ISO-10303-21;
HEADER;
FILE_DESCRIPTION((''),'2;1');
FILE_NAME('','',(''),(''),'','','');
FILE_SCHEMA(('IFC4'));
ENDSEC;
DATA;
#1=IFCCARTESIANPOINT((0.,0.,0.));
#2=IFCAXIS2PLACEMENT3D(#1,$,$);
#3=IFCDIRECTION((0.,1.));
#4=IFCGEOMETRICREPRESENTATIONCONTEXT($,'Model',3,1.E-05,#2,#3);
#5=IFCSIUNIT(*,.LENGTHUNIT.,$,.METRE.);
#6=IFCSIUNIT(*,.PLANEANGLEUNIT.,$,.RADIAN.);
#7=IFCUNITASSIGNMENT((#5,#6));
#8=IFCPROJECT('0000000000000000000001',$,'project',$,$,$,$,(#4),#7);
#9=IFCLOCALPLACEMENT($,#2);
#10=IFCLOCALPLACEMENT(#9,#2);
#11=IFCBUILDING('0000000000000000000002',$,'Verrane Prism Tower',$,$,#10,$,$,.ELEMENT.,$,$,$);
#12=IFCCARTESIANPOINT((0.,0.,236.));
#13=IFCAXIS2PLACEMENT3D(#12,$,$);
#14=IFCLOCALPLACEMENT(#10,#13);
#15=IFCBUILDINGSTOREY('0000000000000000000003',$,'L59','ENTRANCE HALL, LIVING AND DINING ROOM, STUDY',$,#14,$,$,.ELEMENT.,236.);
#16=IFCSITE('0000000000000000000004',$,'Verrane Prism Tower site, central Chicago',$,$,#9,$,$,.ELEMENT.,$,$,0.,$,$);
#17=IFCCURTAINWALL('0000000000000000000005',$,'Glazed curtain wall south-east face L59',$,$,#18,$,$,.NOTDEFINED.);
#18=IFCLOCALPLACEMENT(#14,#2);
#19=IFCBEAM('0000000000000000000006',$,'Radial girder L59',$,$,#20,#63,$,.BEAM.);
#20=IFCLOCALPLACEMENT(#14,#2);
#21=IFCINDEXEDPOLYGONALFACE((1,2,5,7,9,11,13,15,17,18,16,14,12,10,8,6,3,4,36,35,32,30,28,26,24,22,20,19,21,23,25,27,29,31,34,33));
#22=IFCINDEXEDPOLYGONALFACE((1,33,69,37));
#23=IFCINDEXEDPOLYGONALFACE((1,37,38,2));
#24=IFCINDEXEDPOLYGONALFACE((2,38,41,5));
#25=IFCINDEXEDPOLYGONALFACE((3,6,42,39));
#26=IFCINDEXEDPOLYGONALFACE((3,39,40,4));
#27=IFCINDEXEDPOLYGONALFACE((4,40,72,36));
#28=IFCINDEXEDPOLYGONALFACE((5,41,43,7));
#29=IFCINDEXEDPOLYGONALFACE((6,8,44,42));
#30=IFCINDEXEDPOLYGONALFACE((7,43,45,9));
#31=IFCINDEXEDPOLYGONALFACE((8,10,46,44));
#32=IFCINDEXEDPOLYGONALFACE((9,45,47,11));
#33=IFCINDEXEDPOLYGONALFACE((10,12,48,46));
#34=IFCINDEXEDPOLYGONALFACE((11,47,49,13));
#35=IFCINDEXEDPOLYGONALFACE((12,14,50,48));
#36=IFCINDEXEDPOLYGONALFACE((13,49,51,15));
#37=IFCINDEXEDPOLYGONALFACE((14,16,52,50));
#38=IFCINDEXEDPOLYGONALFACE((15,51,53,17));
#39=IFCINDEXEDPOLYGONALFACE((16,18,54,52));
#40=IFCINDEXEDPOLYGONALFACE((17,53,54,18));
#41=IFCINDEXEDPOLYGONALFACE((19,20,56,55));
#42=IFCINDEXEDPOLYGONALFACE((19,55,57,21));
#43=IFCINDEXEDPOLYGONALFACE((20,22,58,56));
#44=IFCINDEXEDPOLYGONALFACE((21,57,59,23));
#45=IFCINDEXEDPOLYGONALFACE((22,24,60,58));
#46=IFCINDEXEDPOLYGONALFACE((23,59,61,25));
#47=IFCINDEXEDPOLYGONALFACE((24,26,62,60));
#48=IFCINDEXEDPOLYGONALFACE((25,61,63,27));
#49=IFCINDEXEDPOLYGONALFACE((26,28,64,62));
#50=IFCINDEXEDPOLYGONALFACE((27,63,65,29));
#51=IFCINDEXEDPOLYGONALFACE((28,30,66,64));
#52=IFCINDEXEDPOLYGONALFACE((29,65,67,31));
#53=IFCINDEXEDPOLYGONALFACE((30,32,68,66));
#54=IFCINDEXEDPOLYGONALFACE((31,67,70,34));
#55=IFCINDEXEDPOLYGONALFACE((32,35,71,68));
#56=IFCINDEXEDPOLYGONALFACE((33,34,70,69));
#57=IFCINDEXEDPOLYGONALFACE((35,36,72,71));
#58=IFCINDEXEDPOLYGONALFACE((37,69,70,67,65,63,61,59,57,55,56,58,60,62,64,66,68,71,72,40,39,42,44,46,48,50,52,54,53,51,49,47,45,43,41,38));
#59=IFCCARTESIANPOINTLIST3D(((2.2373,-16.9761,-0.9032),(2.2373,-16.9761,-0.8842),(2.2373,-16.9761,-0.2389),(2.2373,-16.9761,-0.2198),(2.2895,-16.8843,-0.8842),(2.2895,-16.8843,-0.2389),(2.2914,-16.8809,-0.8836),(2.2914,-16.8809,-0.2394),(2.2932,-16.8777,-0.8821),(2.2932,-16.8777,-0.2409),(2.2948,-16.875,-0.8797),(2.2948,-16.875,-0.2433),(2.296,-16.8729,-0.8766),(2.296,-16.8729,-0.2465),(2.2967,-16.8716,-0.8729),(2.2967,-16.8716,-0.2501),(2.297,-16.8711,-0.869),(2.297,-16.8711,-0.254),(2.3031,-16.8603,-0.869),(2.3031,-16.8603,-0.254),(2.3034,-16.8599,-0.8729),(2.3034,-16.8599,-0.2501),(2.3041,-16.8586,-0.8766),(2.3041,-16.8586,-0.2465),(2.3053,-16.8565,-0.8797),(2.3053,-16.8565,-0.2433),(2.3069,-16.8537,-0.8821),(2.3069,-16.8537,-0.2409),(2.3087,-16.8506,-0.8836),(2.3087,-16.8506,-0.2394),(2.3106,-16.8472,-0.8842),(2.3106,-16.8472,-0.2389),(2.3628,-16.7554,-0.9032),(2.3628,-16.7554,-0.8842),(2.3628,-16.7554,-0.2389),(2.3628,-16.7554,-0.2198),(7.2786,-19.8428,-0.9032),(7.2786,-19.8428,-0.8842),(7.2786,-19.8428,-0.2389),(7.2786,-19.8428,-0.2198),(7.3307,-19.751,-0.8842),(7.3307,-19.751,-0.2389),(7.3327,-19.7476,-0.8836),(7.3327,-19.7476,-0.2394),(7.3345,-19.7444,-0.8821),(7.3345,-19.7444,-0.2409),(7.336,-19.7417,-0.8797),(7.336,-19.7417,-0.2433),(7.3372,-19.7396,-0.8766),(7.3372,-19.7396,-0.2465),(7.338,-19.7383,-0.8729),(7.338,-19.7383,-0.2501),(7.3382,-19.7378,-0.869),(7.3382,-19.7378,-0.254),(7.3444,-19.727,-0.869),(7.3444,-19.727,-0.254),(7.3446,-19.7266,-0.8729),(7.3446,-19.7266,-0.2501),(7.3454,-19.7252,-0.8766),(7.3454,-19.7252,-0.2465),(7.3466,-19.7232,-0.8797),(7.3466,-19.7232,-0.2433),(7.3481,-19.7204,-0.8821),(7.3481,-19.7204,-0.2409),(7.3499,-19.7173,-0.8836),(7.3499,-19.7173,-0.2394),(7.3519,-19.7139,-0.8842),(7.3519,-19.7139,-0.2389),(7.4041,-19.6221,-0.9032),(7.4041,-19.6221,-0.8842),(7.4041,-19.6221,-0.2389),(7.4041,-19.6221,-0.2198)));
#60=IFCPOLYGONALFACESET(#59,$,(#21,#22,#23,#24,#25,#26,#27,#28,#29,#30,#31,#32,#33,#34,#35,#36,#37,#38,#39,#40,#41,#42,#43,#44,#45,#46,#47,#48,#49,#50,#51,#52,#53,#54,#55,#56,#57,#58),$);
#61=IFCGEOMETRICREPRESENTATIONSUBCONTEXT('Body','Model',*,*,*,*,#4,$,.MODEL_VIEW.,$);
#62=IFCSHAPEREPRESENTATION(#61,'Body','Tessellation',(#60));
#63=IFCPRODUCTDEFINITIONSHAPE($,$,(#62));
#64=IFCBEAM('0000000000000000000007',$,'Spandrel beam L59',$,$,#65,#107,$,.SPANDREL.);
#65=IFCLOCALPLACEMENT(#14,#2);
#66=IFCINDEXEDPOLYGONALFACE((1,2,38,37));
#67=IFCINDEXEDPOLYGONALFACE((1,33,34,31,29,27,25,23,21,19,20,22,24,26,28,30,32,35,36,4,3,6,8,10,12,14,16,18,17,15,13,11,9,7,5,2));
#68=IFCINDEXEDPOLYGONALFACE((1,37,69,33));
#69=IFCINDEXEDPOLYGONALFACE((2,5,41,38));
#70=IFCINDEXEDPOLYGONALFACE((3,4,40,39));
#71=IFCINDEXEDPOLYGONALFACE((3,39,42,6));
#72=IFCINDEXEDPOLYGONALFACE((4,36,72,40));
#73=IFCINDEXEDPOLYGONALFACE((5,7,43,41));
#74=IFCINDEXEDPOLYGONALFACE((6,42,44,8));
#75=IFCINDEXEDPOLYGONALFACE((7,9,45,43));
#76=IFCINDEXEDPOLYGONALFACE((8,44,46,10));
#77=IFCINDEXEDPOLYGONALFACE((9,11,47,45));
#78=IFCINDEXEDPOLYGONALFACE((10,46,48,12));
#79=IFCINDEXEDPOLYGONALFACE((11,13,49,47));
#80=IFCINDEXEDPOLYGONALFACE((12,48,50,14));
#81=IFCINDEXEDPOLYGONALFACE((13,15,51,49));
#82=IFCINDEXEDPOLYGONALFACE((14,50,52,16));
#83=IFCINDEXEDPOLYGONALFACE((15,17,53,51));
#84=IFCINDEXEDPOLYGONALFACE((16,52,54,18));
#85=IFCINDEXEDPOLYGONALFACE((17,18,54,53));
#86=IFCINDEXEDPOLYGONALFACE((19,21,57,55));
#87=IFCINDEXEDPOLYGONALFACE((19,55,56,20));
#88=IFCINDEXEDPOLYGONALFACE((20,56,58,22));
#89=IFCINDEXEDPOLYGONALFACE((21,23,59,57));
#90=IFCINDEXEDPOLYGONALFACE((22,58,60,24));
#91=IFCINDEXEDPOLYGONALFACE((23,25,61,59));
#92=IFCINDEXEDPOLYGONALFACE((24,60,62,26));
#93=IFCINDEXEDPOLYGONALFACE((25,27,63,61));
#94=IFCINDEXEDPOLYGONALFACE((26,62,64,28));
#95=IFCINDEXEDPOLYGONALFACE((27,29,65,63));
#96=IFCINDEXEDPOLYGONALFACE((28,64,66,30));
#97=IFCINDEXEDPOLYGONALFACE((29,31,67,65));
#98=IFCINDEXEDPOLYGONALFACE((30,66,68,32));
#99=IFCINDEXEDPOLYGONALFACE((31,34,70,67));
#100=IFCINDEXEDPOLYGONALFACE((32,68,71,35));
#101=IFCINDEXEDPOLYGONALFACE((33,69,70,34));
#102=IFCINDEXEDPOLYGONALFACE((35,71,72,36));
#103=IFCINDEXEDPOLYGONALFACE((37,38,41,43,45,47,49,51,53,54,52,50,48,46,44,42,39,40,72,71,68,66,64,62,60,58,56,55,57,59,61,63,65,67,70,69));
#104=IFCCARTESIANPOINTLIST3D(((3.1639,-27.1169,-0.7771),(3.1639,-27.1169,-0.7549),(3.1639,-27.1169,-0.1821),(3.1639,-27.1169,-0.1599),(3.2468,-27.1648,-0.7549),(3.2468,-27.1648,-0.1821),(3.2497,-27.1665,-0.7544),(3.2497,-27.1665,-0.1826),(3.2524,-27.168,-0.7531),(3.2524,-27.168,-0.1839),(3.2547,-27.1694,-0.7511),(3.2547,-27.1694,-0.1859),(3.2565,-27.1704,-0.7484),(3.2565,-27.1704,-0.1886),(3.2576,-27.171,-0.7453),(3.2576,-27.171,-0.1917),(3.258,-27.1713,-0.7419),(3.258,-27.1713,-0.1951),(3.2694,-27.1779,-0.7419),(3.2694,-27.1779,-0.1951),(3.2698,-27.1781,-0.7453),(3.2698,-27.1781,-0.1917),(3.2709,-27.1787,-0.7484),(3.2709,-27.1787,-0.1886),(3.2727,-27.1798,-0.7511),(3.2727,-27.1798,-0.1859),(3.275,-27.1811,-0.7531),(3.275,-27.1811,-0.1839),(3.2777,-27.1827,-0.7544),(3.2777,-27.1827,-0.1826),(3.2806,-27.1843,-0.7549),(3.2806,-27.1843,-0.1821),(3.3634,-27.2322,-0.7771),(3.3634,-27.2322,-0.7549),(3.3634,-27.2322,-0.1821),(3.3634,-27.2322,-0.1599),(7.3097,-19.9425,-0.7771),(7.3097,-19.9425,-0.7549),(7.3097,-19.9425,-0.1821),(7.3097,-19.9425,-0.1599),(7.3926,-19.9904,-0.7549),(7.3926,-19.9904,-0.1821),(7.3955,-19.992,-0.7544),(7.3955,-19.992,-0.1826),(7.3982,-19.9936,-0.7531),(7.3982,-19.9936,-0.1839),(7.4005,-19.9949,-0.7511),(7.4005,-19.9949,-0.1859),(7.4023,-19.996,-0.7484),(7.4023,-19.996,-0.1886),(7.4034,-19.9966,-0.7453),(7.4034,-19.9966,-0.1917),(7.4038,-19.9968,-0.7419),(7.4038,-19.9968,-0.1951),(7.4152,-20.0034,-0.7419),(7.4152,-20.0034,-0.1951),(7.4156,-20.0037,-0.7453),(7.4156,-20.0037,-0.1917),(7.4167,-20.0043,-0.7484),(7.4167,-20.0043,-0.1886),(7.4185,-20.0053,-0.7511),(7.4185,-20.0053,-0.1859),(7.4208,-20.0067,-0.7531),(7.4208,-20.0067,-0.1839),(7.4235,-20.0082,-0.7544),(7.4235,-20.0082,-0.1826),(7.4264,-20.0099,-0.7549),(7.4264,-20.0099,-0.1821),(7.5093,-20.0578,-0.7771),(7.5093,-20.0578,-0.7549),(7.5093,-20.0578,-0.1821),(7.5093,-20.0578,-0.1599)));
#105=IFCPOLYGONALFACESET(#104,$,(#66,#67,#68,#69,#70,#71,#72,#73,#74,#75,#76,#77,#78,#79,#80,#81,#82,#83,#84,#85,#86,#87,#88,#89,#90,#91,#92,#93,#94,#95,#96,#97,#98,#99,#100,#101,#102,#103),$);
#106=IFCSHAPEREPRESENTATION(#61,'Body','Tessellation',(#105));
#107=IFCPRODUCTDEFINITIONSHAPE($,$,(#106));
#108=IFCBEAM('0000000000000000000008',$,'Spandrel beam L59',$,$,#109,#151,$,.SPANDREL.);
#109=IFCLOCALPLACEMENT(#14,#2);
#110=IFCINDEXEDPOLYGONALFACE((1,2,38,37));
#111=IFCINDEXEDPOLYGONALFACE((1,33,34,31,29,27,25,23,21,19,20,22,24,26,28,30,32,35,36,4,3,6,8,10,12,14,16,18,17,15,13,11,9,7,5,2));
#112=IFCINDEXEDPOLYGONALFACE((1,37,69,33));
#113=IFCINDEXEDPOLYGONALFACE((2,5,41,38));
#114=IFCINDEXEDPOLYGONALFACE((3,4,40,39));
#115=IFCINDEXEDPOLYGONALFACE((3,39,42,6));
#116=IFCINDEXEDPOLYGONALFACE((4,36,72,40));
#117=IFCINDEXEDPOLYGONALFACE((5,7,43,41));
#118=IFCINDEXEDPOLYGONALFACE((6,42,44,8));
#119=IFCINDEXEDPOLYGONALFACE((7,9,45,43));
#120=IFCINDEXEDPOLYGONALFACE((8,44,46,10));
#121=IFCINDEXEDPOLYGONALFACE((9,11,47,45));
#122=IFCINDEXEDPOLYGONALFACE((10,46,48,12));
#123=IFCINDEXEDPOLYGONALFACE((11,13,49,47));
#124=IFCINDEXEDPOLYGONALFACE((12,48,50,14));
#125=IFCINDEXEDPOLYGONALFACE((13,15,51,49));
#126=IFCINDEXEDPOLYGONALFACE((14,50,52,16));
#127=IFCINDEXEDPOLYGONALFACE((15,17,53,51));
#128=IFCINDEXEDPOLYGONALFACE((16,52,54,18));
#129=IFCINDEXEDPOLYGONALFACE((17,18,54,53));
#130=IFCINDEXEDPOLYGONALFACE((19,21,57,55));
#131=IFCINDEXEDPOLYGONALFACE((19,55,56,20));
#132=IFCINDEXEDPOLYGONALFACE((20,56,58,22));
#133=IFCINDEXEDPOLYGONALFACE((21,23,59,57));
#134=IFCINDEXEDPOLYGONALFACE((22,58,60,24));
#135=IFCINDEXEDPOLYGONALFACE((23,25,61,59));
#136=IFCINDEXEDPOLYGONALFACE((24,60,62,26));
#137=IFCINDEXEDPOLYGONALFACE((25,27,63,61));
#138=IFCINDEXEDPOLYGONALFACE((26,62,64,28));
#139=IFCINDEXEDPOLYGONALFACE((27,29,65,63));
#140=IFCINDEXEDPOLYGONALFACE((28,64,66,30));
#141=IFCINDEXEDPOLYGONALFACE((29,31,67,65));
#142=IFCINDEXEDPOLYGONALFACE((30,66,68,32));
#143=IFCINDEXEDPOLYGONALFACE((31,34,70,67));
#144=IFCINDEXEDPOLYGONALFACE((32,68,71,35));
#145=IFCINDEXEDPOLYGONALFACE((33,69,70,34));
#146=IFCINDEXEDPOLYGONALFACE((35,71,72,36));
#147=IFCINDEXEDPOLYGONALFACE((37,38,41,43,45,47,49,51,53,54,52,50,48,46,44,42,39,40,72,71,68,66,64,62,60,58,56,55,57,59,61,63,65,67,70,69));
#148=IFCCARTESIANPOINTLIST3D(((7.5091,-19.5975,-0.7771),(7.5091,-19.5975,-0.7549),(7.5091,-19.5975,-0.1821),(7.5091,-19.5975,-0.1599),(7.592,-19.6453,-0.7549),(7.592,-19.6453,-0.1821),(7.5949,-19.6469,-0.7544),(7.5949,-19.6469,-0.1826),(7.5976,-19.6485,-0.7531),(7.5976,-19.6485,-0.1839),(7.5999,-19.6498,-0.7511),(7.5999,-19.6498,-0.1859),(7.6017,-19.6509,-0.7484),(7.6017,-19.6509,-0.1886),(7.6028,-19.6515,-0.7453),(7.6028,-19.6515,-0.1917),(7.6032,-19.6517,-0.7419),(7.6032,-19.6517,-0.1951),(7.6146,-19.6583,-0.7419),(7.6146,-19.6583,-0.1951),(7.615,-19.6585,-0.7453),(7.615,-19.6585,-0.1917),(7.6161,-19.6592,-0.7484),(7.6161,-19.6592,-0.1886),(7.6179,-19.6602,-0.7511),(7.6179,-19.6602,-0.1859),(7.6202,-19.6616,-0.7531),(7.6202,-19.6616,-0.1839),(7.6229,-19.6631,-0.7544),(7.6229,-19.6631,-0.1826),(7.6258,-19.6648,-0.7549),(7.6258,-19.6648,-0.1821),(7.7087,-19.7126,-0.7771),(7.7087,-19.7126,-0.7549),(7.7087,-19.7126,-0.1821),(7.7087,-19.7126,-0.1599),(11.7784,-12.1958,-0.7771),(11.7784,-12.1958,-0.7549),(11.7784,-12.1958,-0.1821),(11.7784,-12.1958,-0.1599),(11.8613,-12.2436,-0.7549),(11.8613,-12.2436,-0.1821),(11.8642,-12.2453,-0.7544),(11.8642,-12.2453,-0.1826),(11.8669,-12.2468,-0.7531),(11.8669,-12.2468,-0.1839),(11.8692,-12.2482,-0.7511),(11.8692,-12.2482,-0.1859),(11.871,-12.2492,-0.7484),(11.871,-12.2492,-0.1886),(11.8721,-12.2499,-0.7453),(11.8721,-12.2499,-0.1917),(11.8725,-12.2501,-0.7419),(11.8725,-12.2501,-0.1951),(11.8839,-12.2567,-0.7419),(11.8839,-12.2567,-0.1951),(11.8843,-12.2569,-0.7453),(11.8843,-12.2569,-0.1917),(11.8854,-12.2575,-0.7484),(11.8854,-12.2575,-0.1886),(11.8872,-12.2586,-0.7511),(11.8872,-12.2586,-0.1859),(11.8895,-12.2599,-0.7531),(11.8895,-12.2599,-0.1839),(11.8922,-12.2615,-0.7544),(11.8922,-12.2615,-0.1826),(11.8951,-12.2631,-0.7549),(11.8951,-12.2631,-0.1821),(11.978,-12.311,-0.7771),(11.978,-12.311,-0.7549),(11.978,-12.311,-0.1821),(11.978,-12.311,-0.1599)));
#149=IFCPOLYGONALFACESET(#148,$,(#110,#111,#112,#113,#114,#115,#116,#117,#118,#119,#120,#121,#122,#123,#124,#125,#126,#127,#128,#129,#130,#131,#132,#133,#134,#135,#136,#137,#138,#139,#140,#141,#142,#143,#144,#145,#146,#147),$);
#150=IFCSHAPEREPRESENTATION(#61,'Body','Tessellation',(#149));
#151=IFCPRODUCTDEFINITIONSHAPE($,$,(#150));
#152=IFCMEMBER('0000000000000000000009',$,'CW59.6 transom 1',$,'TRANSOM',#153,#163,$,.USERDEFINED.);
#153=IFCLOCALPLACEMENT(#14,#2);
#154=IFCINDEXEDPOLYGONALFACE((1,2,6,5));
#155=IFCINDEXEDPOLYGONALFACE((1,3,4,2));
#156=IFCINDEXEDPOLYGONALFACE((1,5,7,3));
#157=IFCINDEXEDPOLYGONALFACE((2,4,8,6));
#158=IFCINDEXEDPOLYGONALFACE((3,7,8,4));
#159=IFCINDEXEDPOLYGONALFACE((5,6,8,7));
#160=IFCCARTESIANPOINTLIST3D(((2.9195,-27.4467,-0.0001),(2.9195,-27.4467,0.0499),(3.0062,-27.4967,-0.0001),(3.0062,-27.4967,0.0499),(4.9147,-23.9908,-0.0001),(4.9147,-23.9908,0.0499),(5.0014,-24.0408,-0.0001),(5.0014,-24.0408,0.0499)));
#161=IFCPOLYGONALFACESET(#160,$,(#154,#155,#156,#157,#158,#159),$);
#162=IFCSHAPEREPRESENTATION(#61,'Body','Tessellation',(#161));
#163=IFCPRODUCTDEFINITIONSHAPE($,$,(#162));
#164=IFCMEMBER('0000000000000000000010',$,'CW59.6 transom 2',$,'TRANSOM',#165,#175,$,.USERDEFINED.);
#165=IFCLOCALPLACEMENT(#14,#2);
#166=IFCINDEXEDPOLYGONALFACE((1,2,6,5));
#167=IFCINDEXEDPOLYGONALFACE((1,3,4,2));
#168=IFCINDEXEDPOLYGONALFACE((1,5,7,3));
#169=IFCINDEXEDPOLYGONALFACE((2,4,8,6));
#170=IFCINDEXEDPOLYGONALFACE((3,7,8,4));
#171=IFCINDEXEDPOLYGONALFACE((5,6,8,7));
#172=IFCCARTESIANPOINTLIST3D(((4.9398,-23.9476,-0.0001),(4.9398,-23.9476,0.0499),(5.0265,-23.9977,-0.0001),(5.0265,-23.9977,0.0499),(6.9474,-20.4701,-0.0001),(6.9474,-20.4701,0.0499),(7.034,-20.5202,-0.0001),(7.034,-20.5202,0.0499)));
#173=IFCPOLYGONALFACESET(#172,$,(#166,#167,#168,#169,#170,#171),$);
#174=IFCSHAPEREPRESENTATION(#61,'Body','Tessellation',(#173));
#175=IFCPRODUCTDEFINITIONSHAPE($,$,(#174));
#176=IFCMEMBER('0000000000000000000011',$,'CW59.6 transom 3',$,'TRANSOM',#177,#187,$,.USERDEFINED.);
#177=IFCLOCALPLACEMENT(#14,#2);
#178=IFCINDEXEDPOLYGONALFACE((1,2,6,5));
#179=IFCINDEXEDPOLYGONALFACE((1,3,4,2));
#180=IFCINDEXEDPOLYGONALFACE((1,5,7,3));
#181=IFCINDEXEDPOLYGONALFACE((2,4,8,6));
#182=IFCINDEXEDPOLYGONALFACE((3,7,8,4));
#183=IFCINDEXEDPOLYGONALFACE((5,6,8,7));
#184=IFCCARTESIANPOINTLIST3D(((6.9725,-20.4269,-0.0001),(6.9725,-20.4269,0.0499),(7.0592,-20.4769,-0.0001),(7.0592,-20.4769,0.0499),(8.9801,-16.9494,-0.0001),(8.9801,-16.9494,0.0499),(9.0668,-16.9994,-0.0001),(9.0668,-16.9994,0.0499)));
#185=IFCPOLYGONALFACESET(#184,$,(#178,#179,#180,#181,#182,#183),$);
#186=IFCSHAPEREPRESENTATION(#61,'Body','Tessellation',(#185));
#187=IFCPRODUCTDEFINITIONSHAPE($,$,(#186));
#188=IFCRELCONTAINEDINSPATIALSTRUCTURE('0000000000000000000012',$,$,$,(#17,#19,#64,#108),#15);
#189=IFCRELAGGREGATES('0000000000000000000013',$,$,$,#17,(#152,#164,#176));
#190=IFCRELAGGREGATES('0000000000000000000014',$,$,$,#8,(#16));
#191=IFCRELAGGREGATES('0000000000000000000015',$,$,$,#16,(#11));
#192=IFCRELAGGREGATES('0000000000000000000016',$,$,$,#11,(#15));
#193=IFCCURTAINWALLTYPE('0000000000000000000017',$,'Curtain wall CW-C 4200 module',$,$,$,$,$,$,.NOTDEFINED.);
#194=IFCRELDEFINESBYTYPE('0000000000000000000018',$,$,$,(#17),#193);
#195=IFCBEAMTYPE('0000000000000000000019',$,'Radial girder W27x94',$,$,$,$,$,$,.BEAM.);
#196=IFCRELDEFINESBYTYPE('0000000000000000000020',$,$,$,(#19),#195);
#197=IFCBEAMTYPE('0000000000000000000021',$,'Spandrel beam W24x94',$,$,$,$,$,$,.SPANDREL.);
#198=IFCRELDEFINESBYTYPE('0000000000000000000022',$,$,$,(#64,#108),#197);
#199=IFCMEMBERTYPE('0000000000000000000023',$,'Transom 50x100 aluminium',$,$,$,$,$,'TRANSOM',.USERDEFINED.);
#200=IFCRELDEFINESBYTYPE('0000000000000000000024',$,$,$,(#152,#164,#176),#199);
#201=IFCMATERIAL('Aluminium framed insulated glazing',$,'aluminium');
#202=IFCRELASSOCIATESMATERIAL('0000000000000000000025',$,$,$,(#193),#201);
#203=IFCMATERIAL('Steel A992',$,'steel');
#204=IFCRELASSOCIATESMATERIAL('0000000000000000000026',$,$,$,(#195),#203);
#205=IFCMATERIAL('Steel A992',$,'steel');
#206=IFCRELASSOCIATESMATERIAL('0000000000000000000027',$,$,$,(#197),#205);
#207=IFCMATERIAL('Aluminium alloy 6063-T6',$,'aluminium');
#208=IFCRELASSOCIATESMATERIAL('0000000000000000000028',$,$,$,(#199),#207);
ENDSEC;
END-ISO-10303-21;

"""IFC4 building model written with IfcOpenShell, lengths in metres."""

from ifc_helpers import new_model, si_unit, direction, frame, origin, origin_2d, place, context, subcontext, project, spatial, rectangle, i_section, extrude, material, material_profile, profile_set, type_object, element, aggregate, save


model = new_model("IFC4")

# Units and contexts
model_context = context("Model", 3, precision=1e-05, world=origin(), true_north=direction((0.0, 1.0)))
body_context = subcontext(model_context, "Body", "Model", "MODEL_VIEW")
ifc_project = project(units=[si_unit("LENGTHUNIT", "METRE"), si_unit("PLANEANGLEUNIT", "RADIAN")], contexts=[model_context])

# Site, building, storey
site_placement = place(None, origin())
site = spatial("IfcSite", under=ifc_project, at=site_placement, Name="Verrane Prism Tower site, central Chicago", CompositionType="ELEMENT", RefElevation=0.0)
building_placement = place(site_placement, origin())
building = spatial("IfcBuilding", under=site, at=building_placement, Name="Verrane Prism Tower", CompositionType="ELEMENT")
storey_placement = place(building_placement, frame((0.0, 0.0, 236.0)))
storey = spatial("IfcBuildingStorey", under=building, at=storey_placement, Name="L59", Description="ENTRANCE HALL, LIVING AND DINING ROOM, STUDY", CompositionType="ELEMENT", Elevation=236.0)

# Curtain wall
ifc_material_1 = material(Name="Aluminium framed insulated glazing", Category="aluminium")
curtain_wall_type_1 = type_object("IfcCurtainWallType", Name="Curtain wall CW-C 4200 module", PredefinedType="NOTDEFINED", material=ifc_material_1)
curtain_wall_1_placement = place(storey_placement, origin())
curtain_wall_1 = element("IfcCurtainWall", 1, at=curtain_wall_1_placement, inside=storey, type_object=curtain_wall_type_1, Name="Glazed curtain wall south-east face L59", PredefinedType="NOTDEFINED")

# Beams
ifc_material_2 = material(Name="Steel A992", Category="steel")
ifc_material_profile_1 = material_profile(ifc_material_2, i_section(OverallWidth=0.2539, OverallDepth=0.6833, WebThickness=0.0125, FlangeThickness=0.019, FilletRadius=0.0151, at=origin_2d()), Name="W27x94")
ifc_profile_set_1 = profile_set([ifc_material_profile_1], Name="Steel A992")
beam_type_1 = type_object("IfcBeamType", Name="Radial girder W27x94", PredefinedType="BEAM", material=ifc_profile_set_1)
beam_1_placement = place(storey_placement, frame((7.3413, -19.7324, -0.5615), z_axis=(-0.869283, 0.494315, 0.0), x_axis=(-0.494315, -0.869283, 0.0)))
element("IfcBeam", 2, at=beam_1_placement, inside=storey, type_object=beam_type_1, Name="Radial girder L59", PredefinedType="BEAM", context=body_context, shape_type="SweptSolid", body=[
    extrude(i_section(OverallWidth=0.2539, OverallDepth=0.6833, WebThickness=0.0125, FlangeThickness=0.019, FilletRadius=0.0151, at=origin_2d()), origin(), (0.0, 0.0, 1.0), 5.7993),
])
ifc_material_3 = material(Name="Steel A992", Category="steel")
ifc_material_profile_2 = material_profile(ifc_material_3, i_section(OverallWidth=0.2305, OverallDepth=0.6172, WebThickness=0.0132, FlangeThickness=0.0222, FilletRadius=0.0129, at=origin_2d()), Name="W24x94")
ifc_profile_set_2 = profile_set([ifc_material_profile_2], Name="Steel A992")
beam_type_2 = type_object("IfcBeamType", Name="Spandrel beam W24x94", PredefinedType="SPANDREL", material=ifc_profile_set_2)
beam_2_placement = place(storey_placement, frame((3.2637, -27.1746, -0.4685), z_axis=(0.500331, 0.865834, 0.0), x_axis=(-0.865834, 0.500331, 0.0)))
element("IfcBeam", 3, at=beam_2_placement, inside=storey, type_object=beam_type_2, Name="Spandrel beam L59", PredefinedType="SPANDREL", context=body_context, shape_type="SweptSolid", body=[
    extrude(i_section(OverallWidth=0.2305, OverallDepth=0.6172, WebThickness=0.0132, FlangeThickness=0.0222, FilletRadius=0.0129, at=origin_2d()), origin(), (0.0, 0.0, 1.0), 8.2861),
])
beam_3_placement = place(storey_placement, frame((7.6089, -19.655, -0.4685), z_axis=(0.499646, 0.86623, 0.0), x_axis=(-0.86623, 0.499646, 0.0)))
element("IfcBeam", 4, at=beam_3_placement, inside=storey, type_object=beam_type_2, Name="Spandrel beam L59", PredefinedType="SPANDREL", context=body_context, shape_type="SweptSolid", body=[
    extrude(i_section(OverallWidth=0.2305, OverallDepth=0.6172, WebThickness=0.0132, FlangeThickness=0.0222, FilletRadius=0.0129, at=origin_2d()), origin(), (0.0, 0.0, 1.0), 8.5447),
])

# Members
ifc_material_4 = material(Name="Aluminium alloy 6063-T6", Category="aluminium")
ifc_material_profile_3 = material_profile(ifc_material_4, rectangle(XDim=0.1001, YDim=0.05, at=origin_2d()), Name="Transom 50x100 aluminium")
ifc_profile_set_3 = profile_set([ifc_material_profile_3], Name="Aluminium alloy 6063-T6")
member_type_1 = type_object("IfcMemberType", Name="Transom 50x100 aluminium", ElementType="TRANSOM", PredefinedType="USERDEFINED", material=ifc_profile_set_3)
member_1_placement = place(storey_placement, frame((2.9629, -27.4717, 0.0249), z_axis=(0.499982, 0.866036, 0.0), x_axis=(-0.866036, 0.499982, 0.0)))
member_1 = element("IfcMember", 5, at=member_1_placement, type_object=member_type_1, Name="CW59.6 transom 1", ObjectType="TRANSOM", PredefinedType="USERDEFINED", context=body_context, shape_type="SweptSolid", body=[
    extrude(rectangle(XDim=0.1001, YDim=0.05, at=origin_2d()), origin(), (0.0, 0.0, 1.0), 3.9905),
])
member_2_placement = place(storey_placement, frame((4.9832, -23.9727, 0.0249), z_axis=(0.499965, 0.866046, 0.0), x_axis=(-0.866046, 0.499965, 0.0)))
member_2 = element("IfcMember", 6, at=member_2_placement, type_object=member_type_1, Name="CW59.6 transom 2", ObjectType="TRANSOM", PredefinedType="USERDEFINED", context=body_context, shape_type="SweptSolid", body=[
    extrude(rectangle(XDim=0.1001, YDim=0.05, at=origin_2d()), origin(), (0.0, 0.0, 1.0), 4.0154),
])
member_3_placement = place(storey_placement, frame((7.0159, -20.4519, 0.0249), z_axis=(0.499965, 0.866046, 0.0), x_axis=(-0.866046, 0.499965, 0.0)))
member_3 = element("IfcMember", 7, at=member_3_placement, type_object=member_type_1, Name="CW59.6 transom 3", ObjectType="TRANSOM", PredefinedType="USERDEFINED", context=body_context, shape_type="SweptSolid", body=[
    extrude(rectangle(XDim=0.1001, YDim=0.05, at=origin_2d()), origin(), (0.0, 0.0, 1.0), 4.0154),
])

aggregate(curtain_wall_1, [member_1, member_2, member_3])

save(model, "model.ifc")
